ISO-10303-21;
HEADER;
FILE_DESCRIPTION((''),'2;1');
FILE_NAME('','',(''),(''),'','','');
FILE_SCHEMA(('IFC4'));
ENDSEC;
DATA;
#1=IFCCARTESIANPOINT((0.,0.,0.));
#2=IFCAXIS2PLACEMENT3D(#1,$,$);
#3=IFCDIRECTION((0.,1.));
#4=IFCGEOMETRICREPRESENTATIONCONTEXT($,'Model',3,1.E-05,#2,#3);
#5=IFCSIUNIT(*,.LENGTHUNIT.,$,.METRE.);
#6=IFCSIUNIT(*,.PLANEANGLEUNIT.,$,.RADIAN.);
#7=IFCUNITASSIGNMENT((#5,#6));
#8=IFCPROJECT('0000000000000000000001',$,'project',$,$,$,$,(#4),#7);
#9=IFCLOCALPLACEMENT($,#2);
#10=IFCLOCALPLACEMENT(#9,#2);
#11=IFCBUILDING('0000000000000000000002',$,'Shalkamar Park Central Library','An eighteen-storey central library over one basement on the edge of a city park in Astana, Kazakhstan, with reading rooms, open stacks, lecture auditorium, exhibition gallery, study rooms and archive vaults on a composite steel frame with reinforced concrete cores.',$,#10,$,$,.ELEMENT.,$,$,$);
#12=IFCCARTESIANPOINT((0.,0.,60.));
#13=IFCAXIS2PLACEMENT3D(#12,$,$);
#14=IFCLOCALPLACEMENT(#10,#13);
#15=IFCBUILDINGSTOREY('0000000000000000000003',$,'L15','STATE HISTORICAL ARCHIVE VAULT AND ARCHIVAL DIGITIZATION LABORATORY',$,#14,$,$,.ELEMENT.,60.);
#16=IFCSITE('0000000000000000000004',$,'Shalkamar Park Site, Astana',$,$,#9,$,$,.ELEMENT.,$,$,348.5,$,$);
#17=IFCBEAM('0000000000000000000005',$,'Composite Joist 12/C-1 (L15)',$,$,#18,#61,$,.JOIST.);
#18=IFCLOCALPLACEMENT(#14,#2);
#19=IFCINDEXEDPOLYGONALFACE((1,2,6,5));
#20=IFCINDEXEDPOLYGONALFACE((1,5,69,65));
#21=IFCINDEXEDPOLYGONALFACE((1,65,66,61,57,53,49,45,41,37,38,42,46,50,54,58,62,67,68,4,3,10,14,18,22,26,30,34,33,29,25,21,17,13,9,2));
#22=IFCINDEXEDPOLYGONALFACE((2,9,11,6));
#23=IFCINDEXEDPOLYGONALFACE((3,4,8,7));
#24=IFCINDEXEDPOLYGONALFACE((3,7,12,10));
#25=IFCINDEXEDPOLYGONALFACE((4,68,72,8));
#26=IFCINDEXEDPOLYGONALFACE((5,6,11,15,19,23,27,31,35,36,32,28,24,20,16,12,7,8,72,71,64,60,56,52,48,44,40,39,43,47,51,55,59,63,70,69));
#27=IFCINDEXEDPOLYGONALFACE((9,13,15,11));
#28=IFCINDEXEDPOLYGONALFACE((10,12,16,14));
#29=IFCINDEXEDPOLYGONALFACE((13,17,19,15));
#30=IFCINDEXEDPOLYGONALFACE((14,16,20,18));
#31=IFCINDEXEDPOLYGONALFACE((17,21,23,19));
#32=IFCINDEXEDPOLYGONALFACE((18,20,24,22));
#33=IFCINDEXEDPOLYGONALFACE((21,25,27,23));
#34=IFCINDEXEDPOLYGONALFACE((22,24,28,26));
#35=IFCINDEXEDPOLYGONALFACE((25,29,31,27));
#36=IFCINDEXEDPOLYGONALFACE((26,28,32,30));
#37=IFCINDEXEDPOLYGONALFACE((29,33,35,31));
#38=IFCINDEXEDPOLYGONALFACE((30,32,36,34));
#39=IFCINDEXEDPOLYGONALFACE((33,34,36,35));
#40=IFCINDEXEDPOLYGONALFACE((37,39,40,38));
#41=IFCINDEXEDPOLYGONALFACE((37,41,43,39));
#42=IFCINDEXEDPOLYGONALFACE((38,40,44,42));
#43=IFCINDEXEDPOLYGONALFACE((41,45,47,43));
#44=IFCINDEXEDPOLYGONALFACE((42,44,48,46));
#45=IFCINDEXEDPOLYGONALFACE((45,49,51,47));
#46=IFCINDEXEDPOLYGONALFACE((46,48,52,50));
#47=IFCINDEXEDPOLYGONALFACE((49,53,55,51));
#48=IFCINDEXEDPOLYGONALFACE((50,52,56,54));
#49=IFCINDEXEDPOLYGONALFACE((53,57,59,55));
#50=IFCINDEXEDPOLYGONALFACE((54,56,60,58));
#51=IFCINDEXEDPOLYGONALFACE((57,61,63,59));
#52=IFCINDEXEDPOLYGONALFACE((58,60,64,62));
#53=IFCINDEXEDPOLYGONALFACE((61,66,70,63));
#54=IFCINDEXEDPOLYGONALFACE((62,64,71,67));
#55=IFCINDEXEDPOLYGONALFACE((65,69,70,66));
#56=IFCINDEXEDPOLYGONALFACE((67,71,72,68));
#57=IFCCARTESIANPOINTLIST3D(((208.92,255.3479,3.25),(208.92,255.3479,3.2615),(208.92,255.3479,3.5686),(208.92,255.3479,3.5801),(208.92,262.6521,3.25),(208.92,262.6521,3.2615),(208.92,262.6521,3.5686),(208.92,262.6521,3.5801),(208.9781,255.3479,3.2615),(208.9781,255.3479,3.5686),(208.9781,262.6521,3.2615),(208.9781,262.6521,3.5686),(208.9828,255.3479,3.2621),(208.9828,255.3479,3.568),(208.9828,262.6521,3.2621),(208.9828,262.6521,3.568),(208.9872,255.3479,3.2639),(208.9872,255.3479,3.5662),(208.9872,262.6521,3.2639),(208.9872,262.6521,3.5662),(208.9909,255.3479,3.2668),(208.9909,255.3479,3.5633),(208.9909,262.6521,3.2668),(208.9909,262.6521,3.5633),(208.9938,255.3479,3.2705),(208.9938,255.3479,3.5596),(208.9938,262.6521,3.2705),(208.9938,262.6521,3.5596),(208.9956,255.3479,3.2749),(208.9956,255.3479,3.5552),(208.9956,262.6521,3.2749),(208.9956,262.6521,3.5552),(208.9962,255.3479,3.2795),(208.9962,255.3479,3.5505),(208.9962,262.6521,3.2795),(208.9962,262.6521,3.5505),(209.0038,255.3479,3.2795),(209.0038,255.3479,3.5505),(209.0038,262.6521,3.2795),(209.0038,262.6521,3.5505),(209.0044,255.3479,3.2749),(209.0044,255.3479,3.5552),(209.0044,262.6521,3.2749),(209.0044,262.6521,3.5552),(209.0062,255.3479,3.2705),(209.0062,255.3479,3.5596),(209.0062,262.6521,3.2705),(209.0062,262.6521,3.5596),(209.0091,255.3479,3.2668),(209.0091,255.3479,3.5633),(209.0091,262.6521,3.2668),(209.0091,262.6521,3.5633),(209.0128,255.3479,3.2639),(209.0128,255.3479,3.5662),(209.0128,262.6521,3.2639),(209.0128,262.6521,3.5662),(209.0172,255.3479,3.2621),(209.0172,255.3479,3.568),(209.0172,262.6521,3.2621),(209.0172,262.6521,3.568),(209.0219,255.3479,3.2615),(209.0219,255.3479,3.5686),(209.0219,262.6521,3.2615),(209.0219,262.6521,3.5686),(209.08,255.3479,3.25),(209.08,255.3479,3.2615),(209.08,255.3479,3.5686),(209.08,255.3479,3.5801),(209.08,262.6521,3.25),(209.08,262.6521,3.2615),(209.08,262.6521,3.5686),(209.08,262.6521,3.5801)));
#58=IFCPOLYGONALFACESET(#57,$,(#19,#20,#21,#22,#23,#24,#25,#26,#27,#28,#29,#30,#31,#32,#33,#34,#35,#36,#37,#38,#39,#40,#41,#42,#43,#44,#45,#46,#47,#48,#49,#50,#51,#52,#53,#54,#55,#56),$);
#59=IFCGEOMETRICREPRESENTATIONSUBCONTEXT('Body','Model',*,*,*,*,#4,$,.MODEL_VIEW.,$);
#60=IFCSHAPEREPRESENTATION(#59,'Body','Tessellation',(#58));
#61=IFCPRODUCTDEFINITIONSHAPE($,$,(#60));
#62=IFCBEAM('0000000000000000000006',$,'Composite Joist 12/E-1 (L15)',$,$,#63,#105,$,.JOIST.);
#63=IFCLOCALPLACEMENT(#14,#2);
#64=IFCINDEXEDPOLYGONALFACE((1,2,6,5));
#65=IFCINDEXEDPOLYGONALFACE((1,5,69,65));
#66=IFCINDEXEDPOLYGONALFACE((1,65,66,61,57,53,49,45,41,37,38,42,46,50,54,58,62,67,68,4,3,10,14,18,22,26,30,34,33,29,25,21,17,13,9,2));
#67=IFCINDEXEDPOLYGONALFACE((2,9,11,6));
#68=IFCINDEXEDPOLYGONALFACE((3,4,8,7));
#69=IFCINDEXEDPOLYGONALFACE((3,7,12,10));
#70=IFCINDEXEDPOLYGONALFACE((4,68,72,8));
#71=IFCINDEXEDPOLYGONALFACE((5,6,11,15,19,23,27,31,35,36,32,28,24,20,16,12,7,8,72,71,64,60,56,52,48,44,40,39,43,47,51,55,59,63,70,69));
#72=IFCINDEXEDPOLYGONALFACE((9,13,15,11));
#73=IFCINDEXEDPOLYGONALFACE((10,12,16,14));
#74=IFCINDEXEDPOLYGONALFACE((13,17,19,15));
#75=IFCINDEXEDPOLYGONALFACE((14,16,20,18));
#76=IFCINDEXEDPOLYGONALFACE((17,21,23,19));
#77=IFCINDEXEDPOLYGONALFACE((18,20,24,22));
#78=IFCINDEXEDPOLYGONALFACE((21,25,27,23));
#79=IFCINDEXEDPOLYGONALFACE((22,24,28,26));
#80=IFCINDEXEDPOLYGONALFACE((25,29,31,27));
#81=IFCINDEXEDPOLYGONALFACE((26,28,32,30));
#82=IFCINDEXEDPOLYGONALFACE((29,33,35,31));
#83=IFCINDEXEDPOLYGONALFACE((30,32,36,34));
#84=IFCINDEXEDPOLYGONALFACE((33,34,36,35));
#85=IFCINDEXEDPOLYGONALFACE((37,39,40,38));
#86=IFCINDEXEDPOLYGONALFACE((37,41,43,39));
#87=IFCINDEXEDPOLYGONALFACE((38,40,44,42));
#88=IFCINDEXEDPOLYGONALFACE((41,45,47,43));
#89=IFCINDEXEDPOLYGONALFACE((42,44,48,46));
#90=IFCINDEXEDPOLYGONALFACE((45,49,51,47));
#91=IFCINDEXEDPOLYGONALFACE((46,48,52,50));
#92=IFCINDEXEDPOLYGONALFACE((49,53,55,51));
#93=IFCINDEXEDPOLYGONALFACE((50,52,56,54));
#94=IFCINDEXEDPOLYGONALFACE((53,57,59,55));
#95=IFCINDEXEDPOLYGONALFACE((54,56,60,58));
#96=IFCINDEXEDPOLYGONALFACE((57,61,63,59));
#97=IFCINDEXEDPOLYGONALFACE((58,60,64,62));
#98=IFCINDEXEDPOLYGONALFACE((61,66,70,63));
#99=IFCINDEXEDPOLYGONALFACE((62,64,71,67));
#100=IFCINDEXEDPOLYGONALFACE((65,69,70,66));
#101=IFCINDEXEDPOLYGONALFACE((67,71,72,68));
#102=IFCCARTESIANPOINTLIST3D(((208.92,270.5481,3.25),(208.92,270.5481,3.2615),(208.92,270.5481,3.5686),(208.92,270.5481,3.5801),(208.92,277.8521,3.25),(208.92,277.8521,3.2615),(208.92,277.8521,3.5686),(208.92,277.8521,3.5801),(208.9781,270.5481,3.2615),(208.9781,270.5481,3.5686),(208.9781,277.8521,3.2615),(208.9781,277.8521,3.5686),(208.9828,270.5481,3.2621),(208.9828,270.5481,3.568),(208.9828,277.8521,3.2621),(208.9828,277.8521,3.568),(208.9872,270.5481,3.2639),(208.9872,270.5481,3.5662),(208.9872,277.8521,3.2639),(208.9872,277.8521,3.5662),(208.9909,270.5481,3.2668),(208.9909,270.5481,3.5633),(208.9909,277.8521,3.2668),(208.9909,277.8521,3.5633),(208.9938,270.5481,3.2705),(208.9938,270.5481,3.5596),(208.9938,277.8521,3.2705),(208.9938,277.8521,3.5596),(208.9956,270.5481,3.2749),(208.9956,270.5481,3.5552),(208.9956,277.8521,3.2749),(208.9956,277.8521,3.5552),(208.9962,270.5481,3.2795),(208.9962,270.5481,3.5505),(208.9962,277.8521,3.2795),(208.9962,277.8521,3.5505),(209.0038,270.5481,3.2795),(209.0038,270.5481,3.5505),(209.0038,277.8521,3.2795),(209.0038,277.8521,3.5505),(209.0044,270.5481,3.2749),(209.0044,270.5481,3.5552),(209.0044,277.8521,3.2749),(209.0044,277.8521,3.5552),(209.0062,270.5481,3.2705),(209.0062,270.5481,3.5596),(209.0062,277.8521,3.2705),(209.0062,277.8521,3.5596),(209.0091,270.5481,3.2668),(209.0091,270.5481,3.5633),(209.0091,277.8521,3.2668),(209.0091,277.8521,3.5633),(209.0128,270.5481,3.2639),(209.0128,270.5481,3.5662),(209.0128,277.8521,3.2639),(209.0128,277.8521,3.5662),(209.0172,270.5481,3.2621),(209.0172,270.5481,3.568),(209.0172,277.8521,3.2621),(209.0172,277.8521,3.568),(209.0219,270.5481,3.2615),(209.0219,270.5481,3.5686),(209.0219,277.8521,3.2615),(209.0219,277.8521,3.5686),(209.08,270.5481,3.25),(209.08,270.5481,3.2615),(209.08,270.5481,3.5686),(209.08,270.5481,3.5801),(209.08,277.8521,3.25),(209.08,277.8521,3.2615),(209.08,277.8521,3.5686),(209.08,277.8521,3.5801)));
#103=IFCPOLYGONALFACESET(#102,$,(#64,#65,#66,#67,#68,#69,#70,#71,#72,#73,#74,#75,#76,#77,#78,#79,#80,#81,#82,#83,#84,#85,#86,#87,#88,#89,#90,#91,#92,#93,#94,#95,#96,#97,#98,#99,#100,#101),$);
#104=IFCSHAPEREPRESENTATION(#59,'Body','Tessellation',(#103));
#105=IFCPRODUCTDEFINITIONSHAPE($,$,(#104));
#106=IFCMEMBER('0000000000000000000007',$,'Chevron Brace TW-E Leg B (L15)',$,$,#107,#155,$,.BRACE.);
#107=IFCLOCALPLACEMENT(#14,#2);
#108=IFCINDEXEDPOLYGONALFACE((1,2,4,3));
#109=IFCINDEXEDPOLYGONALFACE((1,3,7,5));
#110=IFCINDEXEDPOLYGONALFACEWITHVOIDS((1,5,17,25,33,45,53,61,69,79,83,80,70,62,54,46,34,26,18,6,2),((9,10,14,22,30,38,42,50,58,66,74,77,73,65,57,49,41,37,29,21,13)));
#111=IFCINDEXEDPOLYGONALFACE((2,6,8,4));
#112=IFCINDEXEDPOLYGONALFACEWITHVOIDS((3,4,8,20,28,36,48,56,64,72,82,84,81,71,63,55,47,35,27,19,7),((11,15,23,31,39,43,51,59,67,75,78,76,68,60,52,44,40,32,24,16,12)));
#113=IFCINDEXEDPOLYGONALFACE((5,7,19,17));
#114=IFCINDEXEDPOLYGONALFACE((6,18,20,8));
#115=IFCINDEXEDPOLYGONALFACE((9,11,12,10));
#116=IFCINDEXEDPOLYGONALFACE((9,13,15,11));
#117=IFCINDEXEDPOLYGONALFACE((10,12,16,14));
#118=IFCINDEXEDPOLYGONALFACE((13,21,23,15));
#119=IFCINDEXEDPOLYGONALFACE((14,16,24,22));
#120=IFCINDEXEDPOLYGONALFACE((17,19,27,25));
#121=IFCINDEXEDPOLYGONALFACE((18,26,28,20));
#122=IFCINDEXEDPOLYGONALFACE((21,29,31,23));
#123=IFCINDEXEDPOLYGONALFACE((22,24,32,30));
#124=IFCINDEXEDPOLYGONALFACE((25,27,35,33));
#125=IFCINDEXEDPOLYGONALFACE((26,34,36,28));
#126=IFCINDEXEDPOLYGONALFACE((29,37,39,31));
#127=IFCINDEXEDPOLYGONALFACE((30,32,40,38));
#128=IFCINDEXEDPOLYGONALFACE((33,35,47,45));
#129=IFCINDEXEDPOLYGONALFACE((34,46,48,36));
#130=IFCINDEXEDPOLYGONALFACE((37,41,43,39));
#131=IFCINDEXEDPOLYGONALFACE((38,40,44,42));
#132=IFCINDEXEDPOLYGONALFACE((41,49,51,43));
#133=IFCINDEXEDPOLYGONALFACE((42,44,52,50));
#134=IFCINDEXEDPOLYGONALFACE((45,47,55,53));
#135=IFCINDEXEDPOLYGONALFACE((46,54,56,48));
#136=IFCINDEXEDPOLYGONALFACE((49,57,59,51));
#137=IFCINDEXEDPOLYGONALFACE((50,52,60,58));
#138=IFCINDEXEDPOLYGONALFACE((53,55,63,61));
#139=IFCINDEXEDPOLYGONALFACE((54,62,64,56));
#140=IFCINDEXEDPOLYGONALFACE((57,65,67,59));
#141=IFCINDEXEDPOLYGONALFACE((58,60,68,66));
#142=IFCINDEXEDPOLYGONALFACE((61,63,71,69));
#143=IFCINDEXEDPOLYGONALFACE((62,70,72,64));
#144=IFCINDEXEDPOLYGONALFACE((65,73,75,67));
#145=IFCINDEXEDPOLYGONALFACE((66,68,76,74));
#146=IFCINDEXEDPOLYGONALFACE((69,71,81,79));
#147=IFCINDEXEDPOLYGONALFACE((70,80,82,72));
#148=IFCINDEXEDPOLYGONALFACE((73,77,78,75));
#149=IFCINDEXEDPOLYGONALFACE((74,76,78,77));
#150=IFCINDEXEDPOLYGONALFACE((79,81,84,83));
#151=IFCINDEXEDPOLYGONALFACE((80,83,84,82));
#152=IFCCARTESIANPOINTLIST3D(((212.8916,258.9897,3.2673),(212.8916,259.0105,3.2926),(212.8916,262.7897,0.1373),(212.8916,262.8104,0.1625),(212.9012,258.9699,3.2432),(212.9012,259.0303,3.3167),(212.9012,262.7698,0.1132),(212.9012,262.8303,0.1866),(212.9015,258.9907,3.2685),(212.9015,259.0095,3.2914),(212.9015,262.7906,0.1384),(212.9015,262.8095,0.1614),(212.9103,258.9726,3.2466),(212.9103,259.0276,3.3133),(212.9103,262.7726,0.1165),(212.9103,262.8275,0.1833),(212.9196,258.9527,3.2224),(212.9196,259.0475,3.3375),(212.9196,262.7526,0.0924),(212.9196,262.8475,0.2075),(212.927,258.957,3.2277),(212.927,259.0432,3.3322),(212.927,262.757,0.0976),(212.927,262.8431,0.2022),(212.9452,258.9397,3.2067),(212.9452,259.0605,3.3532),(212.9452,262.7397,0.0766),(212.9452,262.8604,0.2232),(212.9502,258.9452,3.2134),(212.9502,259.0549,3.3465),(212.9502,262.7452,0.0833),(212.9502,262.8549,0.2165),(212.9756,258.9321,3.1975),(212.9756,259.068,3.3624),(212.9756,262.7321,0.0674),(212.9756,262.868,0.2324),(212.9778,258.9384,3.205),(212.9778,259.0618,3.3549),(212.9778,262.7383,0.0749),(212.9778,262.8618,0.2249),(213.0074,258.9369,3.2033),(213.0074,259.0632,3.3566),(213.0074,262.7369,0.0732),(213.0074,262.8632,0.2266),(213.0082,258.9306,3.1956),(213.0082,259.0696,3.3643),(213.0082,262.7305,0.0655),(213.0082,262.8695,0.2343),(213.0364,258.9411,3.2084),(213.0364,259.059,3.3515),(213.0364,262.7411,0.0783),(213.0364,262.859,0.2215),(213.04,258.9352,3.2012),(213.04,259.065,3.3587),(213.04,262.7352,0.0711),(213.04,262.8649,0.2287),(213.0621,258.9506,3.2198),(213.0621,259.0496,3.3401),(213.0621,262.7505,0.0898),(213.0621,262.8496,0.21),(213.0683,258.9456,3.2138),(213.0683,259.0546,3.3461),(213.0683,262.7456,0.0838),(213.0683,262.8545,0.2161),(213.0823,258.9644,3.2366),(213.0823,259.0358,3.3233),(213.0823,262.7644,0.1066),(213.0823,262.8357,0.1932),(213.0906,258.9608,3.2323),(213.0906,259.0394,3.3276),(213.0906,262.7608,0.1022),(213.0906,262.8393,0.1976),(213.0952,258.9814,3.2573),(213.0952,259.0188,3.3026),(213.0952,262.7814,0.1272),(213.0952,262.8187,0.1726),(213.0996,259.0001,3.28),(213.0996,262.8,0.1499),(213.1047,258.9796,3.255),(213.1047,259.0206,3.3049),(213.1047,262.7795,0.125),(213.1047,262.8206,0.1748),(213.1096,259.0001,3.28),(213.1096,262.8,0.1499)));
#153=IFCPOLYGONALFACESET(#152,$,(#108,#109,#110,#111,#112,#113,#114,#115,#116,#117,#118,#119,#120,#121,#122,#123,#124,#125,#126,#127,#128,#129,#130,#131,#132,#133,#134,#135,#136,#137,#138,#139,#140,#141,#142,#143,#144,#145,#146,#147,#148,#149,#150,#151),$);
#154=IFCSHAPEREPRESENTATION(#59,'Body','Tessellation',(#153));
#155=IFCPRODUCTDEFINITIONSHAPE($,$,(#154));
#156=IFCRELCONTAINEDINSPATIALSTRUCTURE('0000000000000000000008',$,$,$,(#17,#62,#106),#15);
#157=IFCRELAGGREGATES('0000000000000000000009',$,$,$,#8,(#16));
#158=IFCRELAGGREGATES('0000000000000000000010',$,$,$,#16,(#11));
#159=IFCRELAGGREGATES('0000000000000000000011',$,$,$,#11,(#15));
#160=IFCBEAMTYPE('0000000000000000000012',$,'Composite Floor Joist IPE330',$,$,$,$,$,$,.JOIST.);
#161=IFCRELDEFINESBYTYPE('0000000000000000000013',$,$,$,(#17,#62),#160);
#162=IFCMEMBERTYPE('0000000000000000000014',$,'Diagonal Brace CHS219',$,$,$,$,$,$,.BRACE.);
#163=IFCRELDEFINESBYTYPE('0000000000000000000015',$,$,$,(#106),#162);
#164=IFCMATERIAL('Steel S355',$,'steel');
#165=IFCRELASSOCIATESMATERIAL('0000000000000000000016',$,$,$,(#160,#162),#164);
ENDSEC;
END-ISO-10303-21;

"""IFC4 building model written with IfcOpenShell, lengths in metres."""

from ifc_helpers import new_model, si_unit, direction, frame, origin, origin_2d, place, context, subcontext, project, spatial, hollow_circle, i_section, extrude, material, material_profile, profile_set, type_object, element, save


model = new_model("IFC4")

# Units and contexts
model_context = context("Model", 3, precision=1e-05, world=origin(), true_north=direction((0.0, 1.0)))
body_context = subcontext(model_context, "Body", "Model", "MODEL_VIEW")
ifc_project = project(units=[si_unit("LENGTHUNIT", "METRE"), si_unit("PLANEANGLEUNIT", "RADIAN")], contexts=[model_context])

# Site, building, storey
site_placement = place(None, origin())
site = spatial("IfcSite", under=ifc_project, at=site_placement, Name="Shalkamar Park Site, Astana", CompositionType="ELEMENT", RefElevation=348.5)
building_placement = place(site_placement, origin())
building = spatial("IfcBuilding", under=site, at=building_placement, Name="Shalkamar Park Central Library", Description="An eighteen-storey central library over one basement on the edge of a city park in Astana, Kazakhstan, with reading rooms, open stacks, lecture auditorium, exhibition gallery, study rooms and archive vaults on a composite steel frame with reinforced concrete cores.", CompositionType="ELEMENT")
storey_placement = place(building_placement, frame((0.0, 0.0, 60.0)))
storey = spatial("IfcBuildingStorey", under=building, at=storey_placement, Name="L15", Description="STATE HISTORICAL ARCHIVE VAULT AND ARCHIVAL DIGITIZATION LABORATORY", CompositionType="ELEMENT", Elevation=60.0)

# Shared definitions
ifc_material_1 = material(Name="Steel S355", Category="steel")

# Beams
ifc_material_profile_1 = material_profile(ifc_material_1, i_section(OverallWidth=0.1599, OverallDepth=0.3301, WebThickness=0.0076, FlangeThickness=0.0115, FilletRadius=0.0181, at=origin_2d()), Name="IPE 330")
ifc_profile_set_1 = profile_set([ifc_material_profile_1], Name="Steel S355")
beam_type_1 = type_object("IfcBeamType", Name="Composite Floor Joist IPE330", PredefinedType="JOIST", material=ifc_profile_set_1)
beam_1_placement = place(storey_placement, frame((209.0, 255.3479, 3.415), z_axis=(0.0, 1.0, 0.0), x_axis=(-1.0, 0.0, 0.0)))
element("IfcBeam", 1, at=beam_1_placement, inside=storey, type_object=beam_type_1, Name="Composite Joist 12/C-1 (L15)", PredefinedType="JOIST", context=body_context, shape_type="SweptSolid", body=[
    extrude(i_section(OverallWidth=0.1599, OverallDepth=0.3301, WebThickness=0.0076, FlangeThickness=0.0115, FilletRadius=0.0181, at=origin_2d()), origin(), (0.0, 0.0, 1.0), 7.3042),
])
beam_2_placement = place(storey_placement, frame((209.0, 270.5481, 3.415), z_axis=(0.0, 1.0, 0.0), x_axis=(-1.0, 0.0, 0.0)))
element("IfcBeam", 2, at=beam_2_placement, inside=storey, type_object=beam_type_1, Name="Composite Joist 12/E-1 (L15)", PredefinedType="JOIST", context=body_context, shape_type="SweptSolid", body=[
    extrude(i_section(OverallWidth=0.1599, OverallDepth=0.3301, WebThickness=0.0076, FlangeThickness=0.0115, FilletRadius=0.0181, at=origin_2d()), origin(), (0.0, 0.0, 1.0), 7.304),
])

# Member
ifc_material_profile_2 = material_profile(ifc_material_1, hollow_circle(Radius=0.1096, WallThickness=0.01, at=origin_2d()), Name="CHS 219.1x10")
ifc_profile_set_2 = profile_set([ifc_material_profile_2], Name="Steel S355")
member_type = type_object("IfcMemberType", Name="Diagonal Brace CHS219", PredefinedType="BRACE", material=ifc_profile_set_2)
member_placement = place(storey_placement, frame((213.0, 262.8, 0.1499), z_axis=(0.0, -0.771863, 0.635789), x_axis=(1.0, 0.0, 0.0)))
element("IfcMember", 3, at=member_placement, inside=storey, type_object=member_type, Name="Chevron Brace TW-E Leg B (L15)", PredefinedType="BRACE", context=body_context, shape_type="SweptSolid", body=[
    extrude(hollow_circle(Radius=0.1096, WallThickness=0.01, at=origin_2d()), origin(), (0.0, 0.0, 1.0), 4.9231),
])

save(model, "model.ifc")
